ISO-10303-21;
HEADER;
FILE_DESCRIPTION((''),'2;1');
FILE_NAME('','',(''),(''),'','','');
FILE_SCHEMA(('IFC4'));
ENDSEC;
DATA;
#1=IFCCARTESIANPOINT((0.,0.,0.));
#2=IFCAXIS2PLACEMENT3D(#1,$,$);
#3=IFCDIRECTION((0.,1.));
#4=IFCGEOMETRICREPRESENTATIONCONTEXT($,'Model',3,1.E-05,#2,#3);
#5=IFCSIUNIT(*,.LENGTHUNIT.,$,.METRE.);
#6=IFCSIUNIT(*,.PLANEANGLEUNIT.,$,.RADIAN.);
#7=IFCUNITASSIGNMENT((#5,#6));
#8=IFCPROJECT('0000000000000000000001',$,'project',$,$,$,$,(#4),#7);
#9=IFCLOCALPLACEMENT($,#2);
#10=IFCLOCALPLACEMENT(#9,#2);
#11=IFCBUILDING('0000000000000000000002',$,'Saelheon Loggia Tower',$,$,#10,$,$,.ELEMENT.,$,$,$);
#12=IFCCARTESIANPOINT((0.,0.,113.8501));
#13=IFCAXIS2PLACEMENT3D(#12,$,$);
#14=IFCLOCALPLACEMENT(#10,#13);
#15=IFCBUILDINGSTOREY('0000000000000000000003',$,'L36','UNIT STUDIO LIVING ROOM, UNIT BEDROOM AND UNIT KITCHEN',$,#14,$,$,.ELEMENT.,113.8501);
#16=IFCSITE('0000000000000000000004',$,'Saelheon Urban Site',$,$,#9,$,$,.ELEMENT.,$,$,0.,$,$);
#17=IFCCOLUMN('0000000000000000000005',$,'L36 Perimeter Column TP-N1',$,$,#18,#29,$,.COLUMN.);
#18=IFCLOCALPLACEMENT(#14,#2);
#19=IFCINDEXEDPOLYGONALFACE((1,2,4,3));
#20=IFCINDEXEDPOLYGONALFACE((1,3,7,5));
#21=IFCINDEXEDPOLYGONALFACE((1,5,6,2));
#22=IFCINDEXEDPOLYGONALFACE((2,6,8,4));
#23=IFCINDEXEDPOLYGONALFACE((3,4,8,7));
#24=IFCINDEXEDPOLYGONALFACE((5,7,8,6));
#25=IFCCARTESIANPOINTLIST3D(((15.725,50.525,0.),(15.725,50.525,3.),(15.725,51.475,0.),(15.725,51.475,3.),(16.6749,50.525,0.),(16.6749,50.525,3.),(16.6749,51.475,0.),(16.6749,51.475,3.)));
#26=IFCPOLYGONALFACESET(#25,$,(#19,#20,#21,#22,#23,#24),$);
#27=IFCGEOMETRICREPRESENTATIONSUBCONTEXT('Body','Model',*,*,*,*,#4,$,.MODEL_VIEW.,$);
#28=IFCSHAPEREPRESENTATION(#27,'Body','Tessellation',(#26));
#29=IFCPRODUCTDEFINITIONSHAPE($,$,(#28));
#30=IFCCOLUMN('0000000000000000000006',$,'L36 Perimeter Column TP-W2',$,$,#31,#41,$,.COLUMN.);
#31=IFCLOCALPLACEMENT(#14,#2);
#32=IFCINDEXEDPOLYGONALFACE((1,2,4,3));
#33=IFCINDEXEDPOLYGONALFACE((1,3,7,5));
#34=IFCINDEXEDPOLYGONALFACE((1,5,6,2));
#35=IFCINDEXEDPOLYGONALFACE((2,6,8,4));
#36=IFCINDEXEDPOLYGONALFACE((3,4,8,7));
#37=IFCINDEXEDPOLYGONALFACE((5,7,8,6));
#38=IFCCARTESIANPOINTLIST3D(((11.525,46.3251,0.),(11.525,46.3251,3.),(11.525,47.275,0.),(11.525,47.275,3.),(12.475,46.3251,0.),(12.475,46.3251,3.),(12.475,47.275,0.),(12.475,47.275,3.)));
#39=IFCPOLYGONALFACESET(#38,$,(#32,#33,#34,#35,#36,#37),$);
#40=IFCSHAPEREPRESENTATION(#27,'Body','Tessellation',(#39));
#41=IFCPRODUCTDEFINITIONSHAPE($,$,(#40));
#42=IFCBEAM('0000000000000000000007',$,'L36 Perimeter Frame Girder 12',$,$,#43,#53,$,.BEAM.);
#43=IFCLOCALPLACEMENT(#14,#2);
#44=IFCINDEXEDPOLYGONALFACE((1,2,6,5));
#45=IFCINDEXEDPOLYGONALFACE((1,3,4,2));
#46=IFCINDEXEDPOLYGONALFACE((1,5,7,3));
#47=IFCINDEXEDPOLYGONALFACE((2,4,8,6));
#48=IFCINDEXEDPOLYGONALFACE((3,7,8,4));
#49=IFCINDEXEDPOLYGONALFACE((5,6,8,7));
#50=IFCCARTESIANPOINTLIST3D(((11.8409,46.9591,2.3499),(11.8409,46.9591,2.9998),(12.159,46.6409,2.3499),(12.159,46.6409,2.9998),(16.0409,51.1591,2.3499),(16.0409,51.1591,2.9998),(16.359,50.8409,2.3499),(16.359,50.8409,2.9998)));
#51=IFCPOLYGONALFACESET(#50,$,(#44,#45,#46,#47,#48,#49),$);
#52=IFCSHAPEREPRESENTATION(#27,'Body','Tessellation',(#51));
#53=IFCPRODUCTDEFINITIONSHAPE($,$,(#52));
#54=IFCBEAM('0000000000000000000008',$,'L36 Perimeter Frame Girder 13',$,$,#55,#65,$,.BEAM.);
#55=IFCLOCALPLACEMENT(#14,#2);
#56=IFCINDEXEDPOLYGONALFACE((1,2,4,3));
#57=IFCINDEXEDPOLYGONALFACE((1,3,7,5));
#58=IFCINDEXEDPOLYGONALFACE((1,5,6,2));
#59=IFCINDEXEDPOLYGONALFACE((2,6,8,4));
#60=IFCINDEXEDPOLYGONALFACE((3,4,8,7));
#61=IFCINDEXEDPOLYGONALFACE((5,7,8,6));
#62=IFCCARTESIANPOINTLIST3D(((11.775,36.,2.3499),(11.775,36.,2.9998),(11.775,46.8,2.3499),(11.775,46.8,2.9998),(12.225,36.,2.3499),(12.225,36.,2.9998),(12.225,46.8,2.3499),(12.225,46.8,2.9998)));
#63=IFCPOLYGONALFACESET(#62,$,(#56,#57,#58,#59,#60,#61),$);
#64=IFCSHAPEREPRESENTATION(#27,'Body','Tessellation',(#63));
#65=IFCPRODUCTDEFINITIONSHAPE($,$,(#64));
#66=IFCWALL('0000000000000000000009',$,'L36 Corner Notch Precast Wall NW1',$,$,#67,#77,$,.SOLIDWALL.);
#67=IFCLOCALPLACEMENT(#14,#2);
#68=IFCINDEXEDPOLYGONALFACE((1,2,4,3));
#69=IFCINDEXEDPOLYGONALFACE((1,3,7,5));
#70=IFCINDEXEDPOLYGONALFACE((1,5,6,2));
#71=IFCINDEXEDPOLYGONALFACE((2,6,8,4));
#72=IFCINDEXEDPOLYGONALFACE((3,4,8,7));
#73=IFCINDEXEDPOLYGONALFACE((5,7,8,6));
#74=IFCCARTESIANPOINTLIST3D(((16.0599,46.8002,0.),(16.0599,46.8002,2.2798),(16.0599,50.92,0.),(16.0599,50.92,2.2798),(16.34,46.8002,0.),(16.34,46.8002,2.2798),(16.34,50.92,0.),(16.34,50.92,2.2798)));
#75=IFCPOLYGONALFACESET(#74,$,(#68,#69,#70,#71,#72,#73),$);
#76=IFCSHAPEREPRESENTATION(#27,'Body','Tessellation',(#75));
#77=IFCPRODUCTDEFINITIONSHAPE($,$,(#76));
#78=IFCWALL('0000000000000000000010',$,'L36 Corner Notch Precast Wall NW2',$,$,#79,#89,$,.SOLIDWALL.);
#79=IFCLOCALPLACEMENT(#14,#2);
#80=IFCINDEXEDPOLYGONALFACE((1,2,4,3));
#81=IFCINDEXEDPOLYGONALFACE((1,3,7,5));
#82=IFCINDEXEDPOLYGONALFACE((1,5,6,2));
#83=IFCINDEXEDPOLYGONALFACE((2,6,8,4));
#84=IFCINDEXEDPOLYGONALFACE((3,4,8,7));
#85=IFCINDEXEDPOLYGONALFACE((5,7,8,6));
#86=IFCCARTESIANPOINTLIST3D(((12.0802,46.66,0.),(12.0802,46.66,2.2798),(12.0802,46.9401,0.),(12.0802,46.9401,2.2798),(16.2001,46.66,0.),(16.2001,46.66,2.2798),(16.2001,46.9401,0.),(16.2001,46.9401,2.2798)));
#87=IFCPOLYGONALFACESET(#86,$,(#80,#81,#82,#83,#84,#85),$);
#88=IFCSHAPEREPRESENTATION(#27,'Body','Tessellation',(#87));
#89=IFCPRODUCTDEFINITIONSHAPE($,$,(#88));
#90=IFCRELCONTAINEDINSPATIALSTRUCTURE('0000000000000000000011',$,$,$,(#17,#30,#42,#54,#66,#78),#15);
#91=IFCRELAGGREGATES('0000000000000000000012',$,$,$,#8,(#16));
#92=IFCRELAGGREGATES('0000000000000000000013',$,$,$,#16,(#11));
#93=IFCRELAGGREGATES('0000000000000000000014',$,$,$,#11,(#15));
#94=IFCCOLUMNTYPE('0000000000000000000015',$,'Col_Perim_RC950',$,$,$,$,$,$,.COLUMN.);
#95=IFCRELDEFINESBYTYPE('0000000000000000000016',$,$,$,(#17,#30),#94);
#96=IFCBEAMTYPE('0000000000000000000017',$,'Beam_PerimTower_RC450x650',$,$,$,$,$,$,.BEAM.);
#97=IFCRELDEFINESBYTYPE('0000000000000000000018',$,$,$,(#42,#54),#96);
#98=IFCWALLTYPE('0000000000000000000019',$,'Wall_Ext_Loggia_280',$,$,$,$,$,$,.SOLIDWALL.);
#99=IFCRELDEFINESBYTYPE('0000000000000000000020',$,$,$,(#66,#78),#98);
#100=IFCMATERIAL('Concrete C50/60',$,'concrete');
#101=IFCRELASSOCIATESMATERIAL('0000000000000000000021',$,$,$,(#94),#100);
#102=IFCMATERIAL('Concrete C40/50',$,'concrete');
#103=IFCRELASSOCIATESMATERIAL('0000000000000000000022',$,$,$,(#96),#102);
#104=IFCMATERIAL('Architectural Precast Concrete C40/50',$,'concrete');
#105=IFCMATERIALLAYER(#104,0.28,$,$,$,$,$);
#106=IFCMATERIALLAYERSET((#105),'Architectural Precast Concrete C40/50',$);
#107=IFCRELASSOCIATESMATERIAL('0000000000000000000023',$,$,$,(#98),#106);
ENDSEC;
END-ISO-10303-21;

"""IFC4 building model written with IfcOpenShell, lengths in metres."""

from ifc_helpers import new_model, si_unit, direction, frame, frame_2d, origin, origin_2d, place, context, subcontext, project, spatial, rectangle, extrude, source, transform, mapped, material, layer, layer_set, material_profile, profile_set, type_object, element, save


model = new_model("IFC4")

# Units and contexts
model_context = context("Model", 3, precision=1e-05, world=origin(), true_north=direction((0.0, 1.0)))
body_context = subcontext(model_context, "Body", "Model", "MODEL_VIEW")
ifc_project = project(units=[si_unit("LENGTHUNIT", "METRE"), si_unit("PLANEANGLEUNIT", "RADIAN")], contexts=[model_context])

# Site, building, storey
site_placement = place(None, origin())
site = spatial("IfcSite", under=ifc_project, at=site_placement, Name="Saelheon Urban Site", CompositionType="ELEMENT", RefElevation=0.0)
building_placement = place(site_placement, origin())
building = spatial("IfcBuilding", under=site, at=building_placement, Name="Saelheon Loggia Tower", CompositionType="ELEMENT")
storey_placement = place(building_placement, frame((0.0, 0.0, 113.8501)))
storey = spatial("IfcBuildingStorey", under=building, at=storey_placement, Name="L36", Description="UNIT STUDIO LIVING ROOM, UNIT BEDROOM AND UNIT KITCHEN", CompositionType="ELEMENT", Elevation=113.8501)

# Columns
ifc_material_1 = material(Name="Concrete C50/60", Category="concrete")
ifc_material_profile_1 = material_profile(ifc_material_1, rectangle(XDim=0.95, YDim=0.95, at=origin_2d()), Name="RC-950x950")
ifc_profile_set_1 = profile_set([ifc_material_profile_1], Name="Concrete C50/60")
column_type = type_object("IfcColumnType", Name="Col_Perim_RC950", PredefinedType="COLUMN", material=ifc_profile_set_1)
shared_shape_1 = source(origin(), body_context, "Body", "SweptSolid", [
    extrude(rectangle(XDim=0.95, YDim=0.95, at=origin_2d()), origin(), (0.0, 0.0, 1.0), 3.0),
])
for number, where, z_axis, x_axis, name in (
    (1, (16.2, 51.0, 0.0), (0.0, 0.0, 1.0), (1.0, 0.0, 0.0), "L36 Perimeter Column TP-N1"),
    (2, (12.0, 46.8, 0.0), (0.0, 0.0, 1.0), (1.0, 0.0, 0.0), "L36 Perimeter Column TP-W2"),
):
    element("IfcColumn", number, at=place(storey_placement, frame(where, z_axis=z_axis, x_axis=x_axis)), inside=storey, type_object=column_type, Name=name, PredefinedType="COLUMN", context=body_context, shape_type="MappedRepresentation", body=[
        mapped(shared_shape_1, transform((0.0, 0.0, 0.0), scale=1.0)),
    ])

# Beams
ifc_material_2 = material(Name="Concrete C40/50", Category="concrete")
ifc_material_profile_2 = material_profile(ifc_material_2, rectangle(XDim=0.45, YDim=0.6499, at=origin_2d()), Name="RC-450x650")
ifc_profile_set_2 = profile_set([ifc_material_profile_2], Name="Concrete C40/50")
beam_type = type_object("IfcBeamType", Name="Beam_PerimTower_RC450x650", PredefinedType="BEAM", material=ifc_profile_set_2)
shared_shape_2 = source(origin(), body_context, "Body", "SweptSolid", [
    extrude(rectangle(XDim=0.45, YDim=0.6499, at=origin_2d()), origin(), (0.0, 0.0, 1.0), 5.9397),
])
beam_1_placement = place(storey_placement, frame((16.2, 51.0, 2.6748), z_axis=(-0.707107, -0.707107, 0.0), x_axis=(0.707107, -0.707107, 0.0)))
element("IfcBeam", 3, at=beam_1_placement, inside=storey, type_object=beam_type, Name="L36 Perimeter Frame Girder 12", PredefinedType="BEAM", context=body_context, shape_type="MappedRepresentation", body=[
    mapped(shared_shape_2, transform((0.0, 0.0, 0.0), scale=1.0)),
])
shared_shape_3 = source(origin(), body_context, "Body", "SweptSolid", [
    extrude(rectangle(XDim=0.45, YDim=0.6499, at=origin_2d()), origin(), (0.0, 0.0, 1.0), 10.8),
])
beam_2_placement = place(storey_placement, frame((12.0, 46.8, 2.6748), z_axis=(0.0, -1.0, 0.0), x_axis=(1.0, 0.0, 0.0)))
element("IfcBeam", 4, at=beam_2_placement, inside=storey, type_object=beam_type, Name="L36 Perimeter Frame Girder 13", PredefinedType="BEAM", context=body_context, shape_type="MappedRepresentation", body=[
    mapped(shared_shape_3, transform((0.0, 0.0, 0.0), scale=1.0)),
])

# Shared definitions
ifc_material_3 = material(Name="Architectural Precast Concrete C40/50", Category="concrete")
ifc_layer = layer(ifc_material_3, 0.28)
ifc_layer_set = layer_set([ifc_layer], Name="Architectural Precast Concrete C40/50")
wall_type = type_object("IfcWallType", Name="Wall_Ext_Loggia_280", PredefinedType="SOLIDWALL", material=ifc_layer_set)

# Walls
for number, where, z_axis, x_axis, name in (
    (5, (16.2, 46.8, 0.0), (0.0, 0.0, 1.0), (0.0, 1.0, 0.0), "L36 Corner Notch Precast Wall NW1"),
    (6, (12.0801, 46.8, 0.0), (0.0, 0.0, 1.0), (1.0, 0.0, 0.0), "L36 Corner Notch Precast Wall NW2"),
):
    element("IfcWall", number, at=place(storey_placement, frame(where, z_axis=z_axis, x_axis=x_axis)), inside=storey, type_object=wall_type, Name=name, PredefinedType="SOLIDWALL", context=body_context, shape_type="SweptSolid", body=[
        extrude(rectangle(XDim=4.1199, YDim=0.28, at=frame_2d((2.0601, 0.0))), origin(), (0.0, 0.0, 1.0), 2.2798),
    ])

save(model, "model.ifc")
